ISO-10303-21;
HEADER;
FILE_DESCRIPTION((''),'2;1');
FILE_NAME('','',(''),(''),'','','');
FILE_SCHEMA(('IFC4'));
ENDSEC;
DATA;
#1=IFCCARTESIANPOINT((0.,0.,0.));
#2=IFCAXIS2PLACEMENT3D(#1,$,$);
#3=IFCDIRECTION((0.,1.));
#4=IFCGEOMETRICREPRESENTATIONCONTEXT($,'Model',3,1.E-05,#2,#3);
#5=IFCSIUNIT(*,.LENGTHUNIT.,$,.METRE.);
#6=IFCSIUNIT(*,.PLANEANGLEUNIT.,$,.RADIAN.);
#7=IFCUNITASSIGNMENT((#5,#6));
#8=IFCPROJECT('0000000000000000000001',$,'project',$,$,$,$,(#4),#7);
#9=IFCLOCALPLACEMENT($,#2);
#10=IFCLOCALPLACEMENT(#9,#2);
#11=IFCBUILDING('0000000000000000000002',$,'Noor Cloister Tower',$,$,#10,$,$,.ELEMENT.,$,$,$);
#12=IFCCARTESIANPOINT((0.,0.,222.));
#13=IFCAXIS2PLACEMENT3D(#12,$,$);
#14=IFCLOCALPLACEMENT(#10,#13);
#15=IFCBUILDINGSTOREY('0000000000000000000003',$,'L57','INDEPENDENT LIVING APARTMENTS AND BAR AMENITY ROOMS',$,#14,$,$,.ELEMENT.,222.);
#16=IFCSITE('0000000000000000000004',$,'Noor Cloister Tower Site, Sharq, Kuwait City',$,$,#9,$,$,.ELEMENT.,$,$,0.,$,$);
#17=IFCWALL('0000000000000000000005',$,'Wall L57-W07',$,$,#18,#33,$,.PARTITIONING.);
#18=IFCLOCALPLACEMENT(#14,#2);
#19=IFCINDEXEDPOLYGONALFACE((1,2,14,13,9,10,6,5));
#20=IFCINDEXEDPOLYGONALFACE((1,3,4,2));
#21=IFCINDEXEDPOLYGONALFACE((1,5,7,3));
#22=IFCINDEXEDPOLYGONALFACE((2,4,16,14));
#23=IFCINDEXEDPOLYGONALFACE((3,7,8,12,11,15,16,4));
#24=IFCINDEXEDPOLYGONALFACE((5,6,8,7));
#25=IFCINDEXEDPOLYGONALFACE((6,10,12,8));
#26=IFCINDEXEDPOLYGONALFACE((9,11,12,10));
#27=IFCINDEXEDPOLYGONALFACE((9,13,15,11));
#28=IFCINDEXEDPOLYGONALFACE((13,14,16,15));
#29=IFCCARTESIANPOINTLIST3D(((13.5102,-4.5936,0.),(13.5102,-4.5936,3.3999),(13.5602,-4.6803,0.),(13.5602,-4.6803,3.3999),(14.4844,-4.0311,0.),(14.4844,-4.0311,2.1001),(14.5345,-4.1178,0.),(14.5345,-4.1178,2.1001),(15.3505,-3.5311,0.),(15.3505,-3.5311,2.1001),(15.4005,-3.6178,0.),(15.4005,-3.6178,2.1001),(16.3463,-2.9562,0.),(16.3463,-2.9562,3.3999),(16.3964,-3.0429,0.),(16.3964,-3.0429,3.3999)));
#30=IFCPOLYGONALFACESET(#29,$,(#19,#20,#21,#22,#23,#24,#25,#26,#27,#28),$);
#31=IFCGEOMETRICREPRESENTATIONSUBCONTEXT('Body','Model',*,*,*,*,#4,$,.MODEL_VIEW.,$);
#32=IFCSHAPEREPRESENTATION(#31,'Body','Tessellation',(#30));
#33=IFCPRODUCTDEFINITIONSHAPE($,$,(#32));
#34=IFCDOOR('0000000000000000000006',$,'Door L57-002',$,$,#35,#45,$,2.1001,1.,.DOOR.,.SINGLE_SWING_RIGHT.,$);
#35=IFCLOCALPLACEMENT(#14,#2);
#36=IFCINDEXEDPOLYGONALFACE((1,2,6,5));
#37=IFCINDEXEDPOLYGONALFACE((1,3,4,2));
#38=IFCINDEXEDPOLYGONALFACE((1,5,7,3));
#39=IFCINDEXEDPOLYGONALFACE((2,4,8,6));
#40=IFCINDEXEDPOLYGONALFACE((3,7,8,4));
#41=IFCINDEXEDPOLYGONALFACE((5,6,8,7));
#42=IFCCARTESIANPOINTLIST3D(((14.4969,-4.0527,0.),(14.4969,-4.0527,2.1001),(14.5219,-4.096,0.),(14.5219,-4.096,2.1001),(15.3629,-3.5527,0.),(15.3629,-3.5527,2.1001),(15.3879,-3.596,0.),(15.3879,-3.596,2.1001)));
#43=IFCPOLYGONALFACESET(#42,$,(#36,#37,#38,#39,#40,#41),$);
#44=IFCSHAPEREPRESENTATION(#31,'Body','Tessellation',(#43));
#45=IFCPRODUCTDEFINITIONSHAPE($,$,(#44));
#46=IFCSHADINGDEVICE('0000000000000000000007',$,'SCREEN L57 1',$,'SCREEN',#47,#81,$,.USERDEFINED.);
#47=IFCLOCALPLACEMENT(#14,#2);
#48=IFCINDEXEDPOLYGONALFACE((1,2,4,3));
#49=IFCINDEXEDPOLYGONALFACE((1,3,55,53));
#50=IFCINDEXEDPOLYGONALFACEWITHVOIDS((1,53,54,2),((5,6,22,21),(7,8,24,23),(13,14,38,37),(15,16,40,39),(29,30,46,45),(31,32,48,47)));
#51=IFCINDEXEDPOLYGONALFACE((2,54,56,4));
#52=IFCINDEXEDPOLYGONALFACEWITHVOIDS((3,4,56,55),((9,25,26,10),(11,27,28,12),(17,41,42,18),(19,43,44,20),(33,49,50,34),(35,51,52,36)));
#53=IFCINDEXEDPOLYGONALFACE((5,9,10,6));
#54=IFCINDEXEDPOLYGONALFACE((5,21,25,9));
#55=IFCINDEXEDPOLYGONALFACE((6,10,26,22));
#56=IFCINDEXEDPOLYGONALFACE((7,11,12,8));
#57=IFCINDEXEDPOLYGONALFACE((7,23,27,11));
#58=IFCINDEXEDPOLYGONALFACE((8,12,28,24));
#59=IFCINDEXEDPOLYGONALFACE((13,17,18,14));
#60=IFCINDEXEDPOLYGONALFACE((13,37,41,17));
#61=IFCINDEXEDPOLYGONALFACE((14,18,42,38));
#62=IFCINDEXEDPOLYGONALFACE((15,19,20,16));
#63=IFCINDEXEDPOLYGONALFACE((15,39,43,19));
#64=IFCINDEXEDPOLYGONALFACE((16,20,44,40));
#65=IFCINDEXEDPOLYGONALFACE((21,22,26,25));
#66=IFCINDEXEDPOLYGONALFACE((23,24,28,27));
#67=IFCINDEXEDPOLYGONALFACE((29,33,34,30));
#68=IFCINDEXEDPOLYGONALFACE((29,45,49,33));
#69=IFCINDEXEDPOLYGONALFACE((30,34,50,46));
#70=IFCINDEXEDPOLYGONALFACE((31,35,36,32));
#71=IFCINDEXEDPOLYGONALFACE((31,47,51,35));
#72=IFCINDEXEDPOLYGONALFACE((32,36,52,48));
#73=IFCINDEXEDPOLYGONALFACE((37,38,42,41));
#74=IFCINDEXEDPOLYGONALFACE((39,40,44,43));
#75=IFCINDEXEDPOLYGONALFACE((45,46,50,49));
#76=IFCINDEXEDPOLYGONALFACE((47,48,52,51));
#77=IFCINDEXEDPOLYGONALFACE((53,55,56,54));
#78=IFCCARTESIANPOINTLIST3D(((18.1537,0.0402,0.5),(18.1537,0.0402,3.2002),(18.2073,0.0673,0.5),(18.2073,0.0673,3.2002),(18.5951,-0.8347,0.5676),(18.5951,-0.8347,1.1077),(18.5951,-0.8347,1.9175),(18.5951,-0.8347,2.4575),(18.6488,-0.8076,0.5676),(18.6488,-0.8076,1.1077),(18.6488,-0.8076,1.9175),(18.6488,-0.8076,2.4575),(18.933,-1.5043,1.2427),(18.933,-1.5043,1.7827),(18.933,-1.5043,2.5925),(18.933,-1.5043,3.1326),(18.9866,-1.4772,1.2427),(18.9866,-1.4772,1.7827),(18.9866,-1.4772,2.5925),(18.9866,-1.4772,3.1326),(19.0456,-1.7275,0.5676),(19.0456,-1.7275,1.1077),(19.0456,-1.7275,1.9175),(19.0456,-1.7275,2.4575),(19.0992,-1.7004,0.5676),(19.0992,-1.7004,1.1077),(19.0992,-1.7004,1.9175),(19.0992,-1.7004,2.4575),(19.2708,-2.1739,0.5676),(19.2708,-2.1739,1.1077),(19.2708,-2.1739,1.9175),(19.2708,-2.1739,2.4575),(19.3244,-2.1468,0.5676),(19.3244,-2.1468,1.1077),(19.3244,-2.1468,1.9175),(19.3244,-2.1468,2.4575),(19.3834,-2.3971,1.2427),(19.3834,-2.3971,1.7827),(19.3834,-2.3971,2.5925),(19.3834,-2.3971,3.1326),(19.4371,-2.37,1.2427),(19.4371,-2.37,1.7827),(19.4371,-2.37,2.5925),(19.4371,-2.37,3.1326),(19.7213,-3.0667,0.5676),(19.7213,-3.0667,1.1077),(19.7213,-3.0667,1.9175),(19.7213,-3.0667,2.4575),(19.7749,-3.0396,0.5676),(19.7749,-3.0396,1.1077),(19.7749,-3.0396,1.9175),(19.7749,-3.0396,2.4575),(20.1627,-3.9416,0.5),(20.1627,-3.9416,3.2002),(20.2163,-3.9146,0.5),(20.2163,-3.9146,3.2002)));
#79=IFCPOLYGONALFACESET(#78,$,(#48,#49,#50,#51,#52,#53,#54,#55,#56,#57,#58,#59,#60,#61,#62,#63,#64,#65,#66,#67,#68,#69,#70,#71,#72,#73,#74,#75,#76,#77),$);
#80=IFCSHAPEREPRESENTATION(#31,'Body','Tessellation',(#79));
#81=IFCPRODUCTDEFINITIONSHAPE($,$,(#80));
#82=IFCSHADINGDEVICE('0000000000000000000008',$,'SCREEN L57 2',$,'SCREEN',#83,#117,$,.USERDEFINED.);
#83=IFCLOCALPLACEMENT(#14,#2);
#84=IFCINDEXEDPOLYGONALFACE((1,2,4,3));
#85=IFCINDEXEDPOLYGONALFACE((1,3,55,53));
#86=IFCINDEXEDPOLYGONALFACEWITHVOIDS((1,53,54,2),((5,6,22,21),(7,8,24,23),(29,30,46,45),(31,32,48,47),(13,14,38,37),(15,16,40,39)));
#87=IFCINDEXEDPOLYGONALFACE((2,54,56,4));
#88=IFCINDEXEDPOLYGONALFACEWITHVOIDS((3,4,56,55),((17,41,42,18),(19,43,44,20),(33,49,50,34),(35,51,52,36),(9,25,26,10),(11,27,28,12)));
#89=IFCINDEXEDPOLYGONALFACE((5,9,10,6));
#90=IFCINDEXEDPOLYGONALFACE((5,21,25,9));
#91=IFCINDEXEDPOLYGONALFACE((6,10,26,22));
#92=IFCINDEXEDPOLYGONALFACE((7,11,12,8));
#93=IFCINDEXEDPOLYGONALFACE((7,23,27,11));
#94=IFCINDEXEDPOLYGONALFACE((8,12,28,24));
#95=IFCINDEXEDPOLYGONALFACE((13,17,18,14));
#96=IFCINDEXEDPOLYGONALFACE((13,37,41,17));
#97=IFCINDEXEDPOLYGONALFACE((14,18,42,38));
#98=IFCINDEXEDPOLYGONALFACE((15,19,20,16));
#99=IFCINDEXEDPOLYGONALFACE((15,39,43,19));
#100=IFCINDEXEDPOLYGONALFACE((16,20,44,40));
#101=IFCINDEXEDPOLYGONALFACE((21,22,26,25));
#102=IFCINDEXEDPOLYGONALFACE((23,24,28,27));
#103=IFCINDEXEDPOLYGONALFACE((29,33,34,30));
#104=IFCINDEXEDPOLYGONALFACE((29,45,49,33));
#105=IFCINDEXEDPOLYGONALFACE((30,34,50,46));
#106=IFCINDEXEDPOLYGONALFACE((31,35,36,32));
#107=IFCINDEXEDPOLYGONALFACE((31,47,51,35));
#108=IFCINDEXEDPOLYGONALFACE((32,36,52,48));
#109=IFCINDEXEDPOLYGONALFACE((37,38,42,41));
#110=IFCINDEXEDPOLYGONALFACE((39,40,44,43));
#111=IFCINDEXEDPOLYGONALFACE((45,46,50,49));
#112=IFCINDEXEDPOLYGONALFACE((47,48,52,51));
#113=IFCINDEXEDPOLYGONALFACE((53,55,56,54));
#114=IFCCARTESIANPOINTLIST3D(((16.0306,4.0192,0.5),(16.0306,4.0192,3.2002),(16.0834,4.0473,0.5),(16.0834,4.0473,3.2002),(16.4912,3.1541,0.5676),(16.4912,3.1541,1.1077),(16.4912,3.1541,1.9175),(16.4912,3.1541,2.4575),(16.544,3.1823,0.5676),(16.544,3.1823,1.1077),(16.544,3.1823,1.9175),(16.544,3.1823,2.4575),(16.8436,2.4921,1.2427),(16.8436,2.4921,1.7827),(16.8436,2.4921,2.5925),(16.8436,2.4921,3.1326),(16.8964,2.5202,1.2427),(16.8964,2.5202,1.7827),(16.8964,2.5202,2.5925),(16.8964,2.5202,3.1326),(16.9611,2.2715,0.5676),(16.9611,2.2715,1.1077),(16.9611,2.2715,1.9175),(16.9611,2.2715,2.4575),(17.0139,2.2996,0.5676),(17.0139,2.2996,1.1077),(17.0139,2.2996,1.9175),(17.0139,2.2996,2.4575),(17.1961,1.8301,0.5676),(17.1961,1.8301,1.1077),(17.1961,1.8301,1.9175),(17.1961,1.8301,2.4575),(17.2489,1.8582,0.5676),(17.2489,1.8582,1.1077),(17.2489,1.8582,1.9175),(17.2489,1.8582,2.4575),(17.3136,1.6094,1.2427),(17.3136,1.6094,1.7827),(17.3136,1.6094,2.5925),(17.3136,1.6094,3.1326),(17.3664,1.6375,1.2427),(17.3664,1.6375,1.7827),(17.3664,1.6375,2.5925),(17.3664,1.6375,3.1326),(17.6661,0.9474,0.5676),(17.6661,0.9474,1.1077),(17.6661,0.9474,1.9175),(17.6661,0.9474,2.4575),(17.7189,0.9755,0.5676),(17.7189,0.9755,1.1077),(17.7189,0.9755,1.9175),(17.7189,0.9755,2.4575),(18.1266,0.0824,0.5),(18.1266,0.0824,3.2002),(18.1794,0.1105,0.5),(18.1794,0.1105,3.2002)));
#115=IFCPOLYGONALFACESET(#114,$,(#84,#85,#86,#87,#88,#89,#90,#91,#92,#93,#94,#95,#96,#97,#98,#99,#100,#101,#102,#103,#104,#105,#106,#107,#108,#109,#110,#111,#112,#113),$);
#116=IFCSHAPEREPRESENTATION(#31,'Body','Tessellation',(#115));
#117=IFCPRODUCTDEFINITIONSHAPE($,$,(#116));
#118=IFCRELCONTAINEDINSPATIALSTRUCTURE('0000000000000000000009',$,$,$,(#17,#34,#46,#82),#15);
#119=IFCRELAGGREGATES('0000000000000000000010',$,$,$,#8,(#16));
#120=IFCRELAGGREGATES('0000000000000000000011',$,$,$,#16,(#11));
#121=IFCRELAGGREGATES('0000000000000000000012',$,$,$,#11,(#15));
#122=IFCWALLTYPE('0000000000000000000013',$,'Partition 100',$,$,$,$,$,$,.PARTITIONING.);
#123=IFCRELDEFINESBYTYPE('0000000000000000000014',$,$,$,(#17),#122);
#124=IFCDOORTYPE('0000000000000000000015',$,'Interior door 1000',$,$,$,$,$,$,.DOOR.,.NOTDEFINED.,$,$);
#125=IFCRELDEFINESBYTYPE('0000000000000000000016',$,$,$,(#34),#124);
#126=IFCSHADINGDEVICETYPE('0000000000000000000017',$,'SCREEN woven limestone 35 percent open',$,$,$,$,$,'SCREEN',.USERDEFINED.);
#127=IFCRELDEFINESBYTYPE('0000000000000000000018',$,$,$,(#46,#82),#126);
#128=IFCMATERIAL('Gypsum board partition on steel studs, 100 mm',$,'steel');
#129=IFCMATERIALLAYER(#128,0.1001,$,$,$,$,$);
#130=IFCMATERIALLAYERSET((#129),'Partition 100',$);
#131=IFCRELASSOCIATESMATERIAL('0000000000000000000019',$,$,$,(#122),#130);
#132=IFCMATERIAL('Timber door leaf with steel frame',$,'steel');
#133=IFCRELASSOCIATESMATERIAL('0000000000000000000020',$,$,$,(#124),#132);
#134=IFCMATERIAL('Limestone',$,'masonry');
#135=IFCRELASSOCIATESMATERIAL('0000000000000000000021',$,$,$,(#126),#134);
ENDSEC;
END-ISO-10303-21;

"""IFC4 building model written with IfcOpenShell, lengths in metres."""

from ifc_helpers import new_model, si_unit, direction, frame, frame_2d, origin, place, context, subcontext, project, spatial, polyline, rectangle, outline, extrude, material, layer, layer_set, material_profile, profile_set, type_object, element, fill, save


model = new_model("IFC4")

# Units and contexts
model_context = context("Model", 3, precision=1e-05, world=origin(), true_north=direction((0.0, 1.0)))
body_context = subcontext(model_context, "Body", "Model", "MODEL_VIEW")
ifc_project = project(units=[si_unit("LENGTHUNIT", "METRE"), si_unit("PLANEANGLEUNIT", "RADIAN")], contexts=[model_context])

# Site, building, storey
site_placement = place(None, origin())
site = spatial("IfcSite", under=ifc_project, at=site_placement, Name="Noor Cloister Tower Site, Sharq, Kuwait City", CompositionType="ELEMENT", RefElevation=0.0)
building_placement = place(site_placement, origin())
building = spatial("IfcBuilding", under=site, at=building_placement, Name="Noor Cloister Tower", CompositionType="ELEMENT")
storey_placement = place(building_placement, frame((0.0, 0.0, 222.0)))
storey = spatial("IfcBuildingStorey", under=building, at=storey_placement, Name="L57", Description="INDEPENDENT LIVING APARTMENTS AND BAR AMENITY ROOMS", CompositionType="ELEMENT", Elevation=222.0)

# Shared definitions
ifc_material_1 = material(Name="Gypsum board partition on steel studs, 100 mm", Category="steel")
ifc_layer_1 = layer(ifc_material_1, 0.1001)
ifc_layer_set_1 = layer_set([ifc_layer_1], Name="Partition 100")
wall_type_1 = type_object("IfcWallType", Name="Partition 100", PredefinedType="PARTITIONING", material=ifc_layer_set_1)

# Wall, opening, door
wall_1_placement = place(storey_placement, frame((16.3713, -2.9995, 0.0), z_axis=(0.0, 0.0, 1.0), x_axis=(-0.866028, -0.499996, 0.0)))
wall_1 = element("IfcWall", 1, at=wall_1_placement, inside=storey, type_object=wall_type_1, Name="Wall L57-W07", PredefinedType="PARTITIONING", context=body_context, shape_type="SweptSolid", body=[
    extrude(rectangle(XDim=3.2749, YDim=0.1001, at=frame_2d((1.6375, 0.0))), origin(), (0.0, 0.0, 1.0), 3.3999),
])
opening_1_placement = place(wall_1_placement, frame((1.1499, 0.0, 0.0)))
opening_1 = element("IfcOpeningElement", 2, at=opening_1_placement, cuts=wall_1, PredefinedType="OPENING", context=body_context, shape_type="SweptSolid", body=[
    extrude(rectangle(XDim=1.0, YDim=2.1001, at=frame_2d((0.5, 1.05))), frame((0.0, 0.0601, 0.0), z_axis=(0.0, -1.0, 0.0), x_axis=(1.0, 0.0, 0.0)), (0.0, 0.0, 1.0), 0.1201),
])
ifc_material_2 = material(Name="Timber door leaf with steel frame", Category="steel")
door_type_1 = type_object("IfcDoorType", Name="Interior door 1000", OperationType="NOTDEFINED", PredefinedType="DOOR", material=ifc_material_2)
door_1_placement = place(opening_1_placement, origin())
door_1 = element("IfcDoor", 3, at=door_1_placement, inside=storey, type_object=door_type_1, Name="Door L57-002", OperationType="SINGLE_SWING_RIGHT", OverallHeight=2.1001, OverallWidth=1.0, PredefinedType="DOOR", context=body_context, shape_type="SweptSolid", body=[
    extrude(rectangle(XDim=1.0, YDim=2.1001, at=frame_2d((0.5, 1.05))), frame((0.0, 0.0249, 0.0), z_axis=(0.0, -1.0, 0.0), x_axis=(1.0, 0.0, 0.0)), (0.0, 0.0, 1.0), 0.05),
])
fill(opening_1, door_1)

# Shading devices
ifc_material_3 = material(Name="Limestone", Category="masonry")
ifc_material_profile_1 = material_profile(ifc_material_3, outline(polyline([(-2.23, -1.3501), (2.23, -1.3501), (2.23, 1.3501), (-2.23, 1.3501), (-2.23, -1.3501)]), holes=[polyline([(-1.25, -1.2825), (-0.25, -1.2825), (-0.25, -0.7424), (-1.25, -0.7424), (-1.25, -1.2825)]), polyline([(0.25, -1.2825), (1.25, -1.2825), (1.25, -0.7424), (0.25, -0.7424), (0.25, -1.2825)]), polyline([(-0.5, -0.6074), (0.5, -0.6074), (0.5, -0.0674), (-0.5, -0.0674), (-0.5, -0.6074)]), polyline([(-1.25, 0.0674), (-0.25, 0.0674), (-0.25, 0.6074), (-1.25, 0.6074), (-1.25, 0.0674)]), polyline([(0.25, 0.0674), (1.25, 0.0674), (1.25, 0.6074), (0.25, 0.6074), (0.25, 0.0674)]), polyline([(-0.5, 0.7424), (0.5, 0.7424), (0.5, 1.2825), (-0.5, 1.2825), (-0.5, 0.7424)])]), Name="Woven screen 35 percent open")
ifc_profile_set_1 = profile_set([ifc_material_profile_1], Name="Limestone")
shading_device_type = type_object("IfcShadingDeviceType", Name="SCREEN woven limestone 35 percent open", ElementType="SCREEN", PredefinedType="USERDEFINED", material=ifc_profile_set_1)
shading_device_1_placement = place(storey_placement, frame((19.1582, -1.9507, 1.8501), z_axis=(0.892798, 0.450457, 0.0), x_axis=(-0.450457, 0.892798, 0.0)))
element("IfcShadingDevice", 4, at=shading_device_1_placement, inside=storey, type_object=shading_device_type, Name="SCREEN L57 1", ObjectType="SCREEN", PredefinedType="USERDEFINED", context=body_context, shape_type="SweptSolid", body=[
    extrude(outline(polyline([(-2.23, -1.3501), (2.23, -1.3501), (2.23, 1.3501), (-2.23, 1.3501), (-2.23, -1.3501)]), holes=[polyline([(-1.25, -1.2825), (-0.25, -1.2825), (-0.25, -0.7424), (-1.25, -0.7424), (-1.25, -1.2825)]), polyline([(0.25, -1.2825), (1.25, -1.2825), (1.25, -0.7424), (0.25, -0.7424), (0.25, -1.2825)]), polyline([(-0.5, -0.6074), (0.5, -0.6074), (0.5, -0.0674), (-0.5, -0.0674), (-0.5, -0.6074)]), polyline([(-1.25, 0.0674), (-0.25, 0.0674), (-0.25, 0.6074), (-1.25, 0.6074), (-1.25, 0.0674)]), polyline([(0.25, 0.0674), (1.25, 0.0674), (1.25, 0.6074), (0.25, 0.6074), (0.25, 0.0674)]), polyline([(-0.5, 0.7424), (0.5, 0.7424), (0.5, 1.2825), (-0.5, 1.2825), (-0.5, 0.7424)])]), origin(), (0.0, 0.0, 1.0), 0.0601),
])
shading_device_2_placement = place(storey_placement, frame((17.0786, 2.0508, 1.8501), z_axis=(0.882692, 0.469952, 0.0), x_axis=(-0.469952, 0.882692, 0.0)))
element("IfcShadingDevice", 5, at=shading_device_2_placement, inside=storey, type_object=shading_device_type, Name="SCREEN L57 2", ObjectType="SCREEN", PredefinedType="USERDEFINED", context=body_context, shape_type="SweptSolid", body=[
    extrude(outline(polyline([(-2.23, -1.3501), (2.23, -1.3501), (2.23, 1.3501), (-2.23, 1.3501), (-2.23, -1.3501)]), holes=[polyline([(-1.25, -1.2825), (-0.25, -1.2825), (-0.25, -0.7424), (-1.25, -0.7424), (-1.25, -1.2825)]), polyline([(0.25, -1.2825), (1.25, -1.2825), (1.25, -0.7424), (0.25, -0.7424), (0.25, -1.2825)]), polyline([(-0.5, -0.6074), (0.5, -0.6074), (0.5, -0.0674), (-0.5, -0.0674), (-0.5, -0.6074)]), polyline([(-1.25, 0.0674), (-0.25, 0.0674), (-0.25, 0.6074), (-1.25, 0.6074), (-1.25, 0.0674)]), polyline([(0.25, 0.0674), (1.25, 0.0674), (1.25, 0.6074), (0.25, 0.6074), (0.25, 0.0674)]), polyline([(-0.5, 0.7424), (0.5, 0.7424), (0.5, 1.2825), (-0.5, 1.2825), (-0.5, 0.7424)])]), origin(), (0.0, 0.0, 1.0), 0.0598),
])

save(model, "model.ifc")
